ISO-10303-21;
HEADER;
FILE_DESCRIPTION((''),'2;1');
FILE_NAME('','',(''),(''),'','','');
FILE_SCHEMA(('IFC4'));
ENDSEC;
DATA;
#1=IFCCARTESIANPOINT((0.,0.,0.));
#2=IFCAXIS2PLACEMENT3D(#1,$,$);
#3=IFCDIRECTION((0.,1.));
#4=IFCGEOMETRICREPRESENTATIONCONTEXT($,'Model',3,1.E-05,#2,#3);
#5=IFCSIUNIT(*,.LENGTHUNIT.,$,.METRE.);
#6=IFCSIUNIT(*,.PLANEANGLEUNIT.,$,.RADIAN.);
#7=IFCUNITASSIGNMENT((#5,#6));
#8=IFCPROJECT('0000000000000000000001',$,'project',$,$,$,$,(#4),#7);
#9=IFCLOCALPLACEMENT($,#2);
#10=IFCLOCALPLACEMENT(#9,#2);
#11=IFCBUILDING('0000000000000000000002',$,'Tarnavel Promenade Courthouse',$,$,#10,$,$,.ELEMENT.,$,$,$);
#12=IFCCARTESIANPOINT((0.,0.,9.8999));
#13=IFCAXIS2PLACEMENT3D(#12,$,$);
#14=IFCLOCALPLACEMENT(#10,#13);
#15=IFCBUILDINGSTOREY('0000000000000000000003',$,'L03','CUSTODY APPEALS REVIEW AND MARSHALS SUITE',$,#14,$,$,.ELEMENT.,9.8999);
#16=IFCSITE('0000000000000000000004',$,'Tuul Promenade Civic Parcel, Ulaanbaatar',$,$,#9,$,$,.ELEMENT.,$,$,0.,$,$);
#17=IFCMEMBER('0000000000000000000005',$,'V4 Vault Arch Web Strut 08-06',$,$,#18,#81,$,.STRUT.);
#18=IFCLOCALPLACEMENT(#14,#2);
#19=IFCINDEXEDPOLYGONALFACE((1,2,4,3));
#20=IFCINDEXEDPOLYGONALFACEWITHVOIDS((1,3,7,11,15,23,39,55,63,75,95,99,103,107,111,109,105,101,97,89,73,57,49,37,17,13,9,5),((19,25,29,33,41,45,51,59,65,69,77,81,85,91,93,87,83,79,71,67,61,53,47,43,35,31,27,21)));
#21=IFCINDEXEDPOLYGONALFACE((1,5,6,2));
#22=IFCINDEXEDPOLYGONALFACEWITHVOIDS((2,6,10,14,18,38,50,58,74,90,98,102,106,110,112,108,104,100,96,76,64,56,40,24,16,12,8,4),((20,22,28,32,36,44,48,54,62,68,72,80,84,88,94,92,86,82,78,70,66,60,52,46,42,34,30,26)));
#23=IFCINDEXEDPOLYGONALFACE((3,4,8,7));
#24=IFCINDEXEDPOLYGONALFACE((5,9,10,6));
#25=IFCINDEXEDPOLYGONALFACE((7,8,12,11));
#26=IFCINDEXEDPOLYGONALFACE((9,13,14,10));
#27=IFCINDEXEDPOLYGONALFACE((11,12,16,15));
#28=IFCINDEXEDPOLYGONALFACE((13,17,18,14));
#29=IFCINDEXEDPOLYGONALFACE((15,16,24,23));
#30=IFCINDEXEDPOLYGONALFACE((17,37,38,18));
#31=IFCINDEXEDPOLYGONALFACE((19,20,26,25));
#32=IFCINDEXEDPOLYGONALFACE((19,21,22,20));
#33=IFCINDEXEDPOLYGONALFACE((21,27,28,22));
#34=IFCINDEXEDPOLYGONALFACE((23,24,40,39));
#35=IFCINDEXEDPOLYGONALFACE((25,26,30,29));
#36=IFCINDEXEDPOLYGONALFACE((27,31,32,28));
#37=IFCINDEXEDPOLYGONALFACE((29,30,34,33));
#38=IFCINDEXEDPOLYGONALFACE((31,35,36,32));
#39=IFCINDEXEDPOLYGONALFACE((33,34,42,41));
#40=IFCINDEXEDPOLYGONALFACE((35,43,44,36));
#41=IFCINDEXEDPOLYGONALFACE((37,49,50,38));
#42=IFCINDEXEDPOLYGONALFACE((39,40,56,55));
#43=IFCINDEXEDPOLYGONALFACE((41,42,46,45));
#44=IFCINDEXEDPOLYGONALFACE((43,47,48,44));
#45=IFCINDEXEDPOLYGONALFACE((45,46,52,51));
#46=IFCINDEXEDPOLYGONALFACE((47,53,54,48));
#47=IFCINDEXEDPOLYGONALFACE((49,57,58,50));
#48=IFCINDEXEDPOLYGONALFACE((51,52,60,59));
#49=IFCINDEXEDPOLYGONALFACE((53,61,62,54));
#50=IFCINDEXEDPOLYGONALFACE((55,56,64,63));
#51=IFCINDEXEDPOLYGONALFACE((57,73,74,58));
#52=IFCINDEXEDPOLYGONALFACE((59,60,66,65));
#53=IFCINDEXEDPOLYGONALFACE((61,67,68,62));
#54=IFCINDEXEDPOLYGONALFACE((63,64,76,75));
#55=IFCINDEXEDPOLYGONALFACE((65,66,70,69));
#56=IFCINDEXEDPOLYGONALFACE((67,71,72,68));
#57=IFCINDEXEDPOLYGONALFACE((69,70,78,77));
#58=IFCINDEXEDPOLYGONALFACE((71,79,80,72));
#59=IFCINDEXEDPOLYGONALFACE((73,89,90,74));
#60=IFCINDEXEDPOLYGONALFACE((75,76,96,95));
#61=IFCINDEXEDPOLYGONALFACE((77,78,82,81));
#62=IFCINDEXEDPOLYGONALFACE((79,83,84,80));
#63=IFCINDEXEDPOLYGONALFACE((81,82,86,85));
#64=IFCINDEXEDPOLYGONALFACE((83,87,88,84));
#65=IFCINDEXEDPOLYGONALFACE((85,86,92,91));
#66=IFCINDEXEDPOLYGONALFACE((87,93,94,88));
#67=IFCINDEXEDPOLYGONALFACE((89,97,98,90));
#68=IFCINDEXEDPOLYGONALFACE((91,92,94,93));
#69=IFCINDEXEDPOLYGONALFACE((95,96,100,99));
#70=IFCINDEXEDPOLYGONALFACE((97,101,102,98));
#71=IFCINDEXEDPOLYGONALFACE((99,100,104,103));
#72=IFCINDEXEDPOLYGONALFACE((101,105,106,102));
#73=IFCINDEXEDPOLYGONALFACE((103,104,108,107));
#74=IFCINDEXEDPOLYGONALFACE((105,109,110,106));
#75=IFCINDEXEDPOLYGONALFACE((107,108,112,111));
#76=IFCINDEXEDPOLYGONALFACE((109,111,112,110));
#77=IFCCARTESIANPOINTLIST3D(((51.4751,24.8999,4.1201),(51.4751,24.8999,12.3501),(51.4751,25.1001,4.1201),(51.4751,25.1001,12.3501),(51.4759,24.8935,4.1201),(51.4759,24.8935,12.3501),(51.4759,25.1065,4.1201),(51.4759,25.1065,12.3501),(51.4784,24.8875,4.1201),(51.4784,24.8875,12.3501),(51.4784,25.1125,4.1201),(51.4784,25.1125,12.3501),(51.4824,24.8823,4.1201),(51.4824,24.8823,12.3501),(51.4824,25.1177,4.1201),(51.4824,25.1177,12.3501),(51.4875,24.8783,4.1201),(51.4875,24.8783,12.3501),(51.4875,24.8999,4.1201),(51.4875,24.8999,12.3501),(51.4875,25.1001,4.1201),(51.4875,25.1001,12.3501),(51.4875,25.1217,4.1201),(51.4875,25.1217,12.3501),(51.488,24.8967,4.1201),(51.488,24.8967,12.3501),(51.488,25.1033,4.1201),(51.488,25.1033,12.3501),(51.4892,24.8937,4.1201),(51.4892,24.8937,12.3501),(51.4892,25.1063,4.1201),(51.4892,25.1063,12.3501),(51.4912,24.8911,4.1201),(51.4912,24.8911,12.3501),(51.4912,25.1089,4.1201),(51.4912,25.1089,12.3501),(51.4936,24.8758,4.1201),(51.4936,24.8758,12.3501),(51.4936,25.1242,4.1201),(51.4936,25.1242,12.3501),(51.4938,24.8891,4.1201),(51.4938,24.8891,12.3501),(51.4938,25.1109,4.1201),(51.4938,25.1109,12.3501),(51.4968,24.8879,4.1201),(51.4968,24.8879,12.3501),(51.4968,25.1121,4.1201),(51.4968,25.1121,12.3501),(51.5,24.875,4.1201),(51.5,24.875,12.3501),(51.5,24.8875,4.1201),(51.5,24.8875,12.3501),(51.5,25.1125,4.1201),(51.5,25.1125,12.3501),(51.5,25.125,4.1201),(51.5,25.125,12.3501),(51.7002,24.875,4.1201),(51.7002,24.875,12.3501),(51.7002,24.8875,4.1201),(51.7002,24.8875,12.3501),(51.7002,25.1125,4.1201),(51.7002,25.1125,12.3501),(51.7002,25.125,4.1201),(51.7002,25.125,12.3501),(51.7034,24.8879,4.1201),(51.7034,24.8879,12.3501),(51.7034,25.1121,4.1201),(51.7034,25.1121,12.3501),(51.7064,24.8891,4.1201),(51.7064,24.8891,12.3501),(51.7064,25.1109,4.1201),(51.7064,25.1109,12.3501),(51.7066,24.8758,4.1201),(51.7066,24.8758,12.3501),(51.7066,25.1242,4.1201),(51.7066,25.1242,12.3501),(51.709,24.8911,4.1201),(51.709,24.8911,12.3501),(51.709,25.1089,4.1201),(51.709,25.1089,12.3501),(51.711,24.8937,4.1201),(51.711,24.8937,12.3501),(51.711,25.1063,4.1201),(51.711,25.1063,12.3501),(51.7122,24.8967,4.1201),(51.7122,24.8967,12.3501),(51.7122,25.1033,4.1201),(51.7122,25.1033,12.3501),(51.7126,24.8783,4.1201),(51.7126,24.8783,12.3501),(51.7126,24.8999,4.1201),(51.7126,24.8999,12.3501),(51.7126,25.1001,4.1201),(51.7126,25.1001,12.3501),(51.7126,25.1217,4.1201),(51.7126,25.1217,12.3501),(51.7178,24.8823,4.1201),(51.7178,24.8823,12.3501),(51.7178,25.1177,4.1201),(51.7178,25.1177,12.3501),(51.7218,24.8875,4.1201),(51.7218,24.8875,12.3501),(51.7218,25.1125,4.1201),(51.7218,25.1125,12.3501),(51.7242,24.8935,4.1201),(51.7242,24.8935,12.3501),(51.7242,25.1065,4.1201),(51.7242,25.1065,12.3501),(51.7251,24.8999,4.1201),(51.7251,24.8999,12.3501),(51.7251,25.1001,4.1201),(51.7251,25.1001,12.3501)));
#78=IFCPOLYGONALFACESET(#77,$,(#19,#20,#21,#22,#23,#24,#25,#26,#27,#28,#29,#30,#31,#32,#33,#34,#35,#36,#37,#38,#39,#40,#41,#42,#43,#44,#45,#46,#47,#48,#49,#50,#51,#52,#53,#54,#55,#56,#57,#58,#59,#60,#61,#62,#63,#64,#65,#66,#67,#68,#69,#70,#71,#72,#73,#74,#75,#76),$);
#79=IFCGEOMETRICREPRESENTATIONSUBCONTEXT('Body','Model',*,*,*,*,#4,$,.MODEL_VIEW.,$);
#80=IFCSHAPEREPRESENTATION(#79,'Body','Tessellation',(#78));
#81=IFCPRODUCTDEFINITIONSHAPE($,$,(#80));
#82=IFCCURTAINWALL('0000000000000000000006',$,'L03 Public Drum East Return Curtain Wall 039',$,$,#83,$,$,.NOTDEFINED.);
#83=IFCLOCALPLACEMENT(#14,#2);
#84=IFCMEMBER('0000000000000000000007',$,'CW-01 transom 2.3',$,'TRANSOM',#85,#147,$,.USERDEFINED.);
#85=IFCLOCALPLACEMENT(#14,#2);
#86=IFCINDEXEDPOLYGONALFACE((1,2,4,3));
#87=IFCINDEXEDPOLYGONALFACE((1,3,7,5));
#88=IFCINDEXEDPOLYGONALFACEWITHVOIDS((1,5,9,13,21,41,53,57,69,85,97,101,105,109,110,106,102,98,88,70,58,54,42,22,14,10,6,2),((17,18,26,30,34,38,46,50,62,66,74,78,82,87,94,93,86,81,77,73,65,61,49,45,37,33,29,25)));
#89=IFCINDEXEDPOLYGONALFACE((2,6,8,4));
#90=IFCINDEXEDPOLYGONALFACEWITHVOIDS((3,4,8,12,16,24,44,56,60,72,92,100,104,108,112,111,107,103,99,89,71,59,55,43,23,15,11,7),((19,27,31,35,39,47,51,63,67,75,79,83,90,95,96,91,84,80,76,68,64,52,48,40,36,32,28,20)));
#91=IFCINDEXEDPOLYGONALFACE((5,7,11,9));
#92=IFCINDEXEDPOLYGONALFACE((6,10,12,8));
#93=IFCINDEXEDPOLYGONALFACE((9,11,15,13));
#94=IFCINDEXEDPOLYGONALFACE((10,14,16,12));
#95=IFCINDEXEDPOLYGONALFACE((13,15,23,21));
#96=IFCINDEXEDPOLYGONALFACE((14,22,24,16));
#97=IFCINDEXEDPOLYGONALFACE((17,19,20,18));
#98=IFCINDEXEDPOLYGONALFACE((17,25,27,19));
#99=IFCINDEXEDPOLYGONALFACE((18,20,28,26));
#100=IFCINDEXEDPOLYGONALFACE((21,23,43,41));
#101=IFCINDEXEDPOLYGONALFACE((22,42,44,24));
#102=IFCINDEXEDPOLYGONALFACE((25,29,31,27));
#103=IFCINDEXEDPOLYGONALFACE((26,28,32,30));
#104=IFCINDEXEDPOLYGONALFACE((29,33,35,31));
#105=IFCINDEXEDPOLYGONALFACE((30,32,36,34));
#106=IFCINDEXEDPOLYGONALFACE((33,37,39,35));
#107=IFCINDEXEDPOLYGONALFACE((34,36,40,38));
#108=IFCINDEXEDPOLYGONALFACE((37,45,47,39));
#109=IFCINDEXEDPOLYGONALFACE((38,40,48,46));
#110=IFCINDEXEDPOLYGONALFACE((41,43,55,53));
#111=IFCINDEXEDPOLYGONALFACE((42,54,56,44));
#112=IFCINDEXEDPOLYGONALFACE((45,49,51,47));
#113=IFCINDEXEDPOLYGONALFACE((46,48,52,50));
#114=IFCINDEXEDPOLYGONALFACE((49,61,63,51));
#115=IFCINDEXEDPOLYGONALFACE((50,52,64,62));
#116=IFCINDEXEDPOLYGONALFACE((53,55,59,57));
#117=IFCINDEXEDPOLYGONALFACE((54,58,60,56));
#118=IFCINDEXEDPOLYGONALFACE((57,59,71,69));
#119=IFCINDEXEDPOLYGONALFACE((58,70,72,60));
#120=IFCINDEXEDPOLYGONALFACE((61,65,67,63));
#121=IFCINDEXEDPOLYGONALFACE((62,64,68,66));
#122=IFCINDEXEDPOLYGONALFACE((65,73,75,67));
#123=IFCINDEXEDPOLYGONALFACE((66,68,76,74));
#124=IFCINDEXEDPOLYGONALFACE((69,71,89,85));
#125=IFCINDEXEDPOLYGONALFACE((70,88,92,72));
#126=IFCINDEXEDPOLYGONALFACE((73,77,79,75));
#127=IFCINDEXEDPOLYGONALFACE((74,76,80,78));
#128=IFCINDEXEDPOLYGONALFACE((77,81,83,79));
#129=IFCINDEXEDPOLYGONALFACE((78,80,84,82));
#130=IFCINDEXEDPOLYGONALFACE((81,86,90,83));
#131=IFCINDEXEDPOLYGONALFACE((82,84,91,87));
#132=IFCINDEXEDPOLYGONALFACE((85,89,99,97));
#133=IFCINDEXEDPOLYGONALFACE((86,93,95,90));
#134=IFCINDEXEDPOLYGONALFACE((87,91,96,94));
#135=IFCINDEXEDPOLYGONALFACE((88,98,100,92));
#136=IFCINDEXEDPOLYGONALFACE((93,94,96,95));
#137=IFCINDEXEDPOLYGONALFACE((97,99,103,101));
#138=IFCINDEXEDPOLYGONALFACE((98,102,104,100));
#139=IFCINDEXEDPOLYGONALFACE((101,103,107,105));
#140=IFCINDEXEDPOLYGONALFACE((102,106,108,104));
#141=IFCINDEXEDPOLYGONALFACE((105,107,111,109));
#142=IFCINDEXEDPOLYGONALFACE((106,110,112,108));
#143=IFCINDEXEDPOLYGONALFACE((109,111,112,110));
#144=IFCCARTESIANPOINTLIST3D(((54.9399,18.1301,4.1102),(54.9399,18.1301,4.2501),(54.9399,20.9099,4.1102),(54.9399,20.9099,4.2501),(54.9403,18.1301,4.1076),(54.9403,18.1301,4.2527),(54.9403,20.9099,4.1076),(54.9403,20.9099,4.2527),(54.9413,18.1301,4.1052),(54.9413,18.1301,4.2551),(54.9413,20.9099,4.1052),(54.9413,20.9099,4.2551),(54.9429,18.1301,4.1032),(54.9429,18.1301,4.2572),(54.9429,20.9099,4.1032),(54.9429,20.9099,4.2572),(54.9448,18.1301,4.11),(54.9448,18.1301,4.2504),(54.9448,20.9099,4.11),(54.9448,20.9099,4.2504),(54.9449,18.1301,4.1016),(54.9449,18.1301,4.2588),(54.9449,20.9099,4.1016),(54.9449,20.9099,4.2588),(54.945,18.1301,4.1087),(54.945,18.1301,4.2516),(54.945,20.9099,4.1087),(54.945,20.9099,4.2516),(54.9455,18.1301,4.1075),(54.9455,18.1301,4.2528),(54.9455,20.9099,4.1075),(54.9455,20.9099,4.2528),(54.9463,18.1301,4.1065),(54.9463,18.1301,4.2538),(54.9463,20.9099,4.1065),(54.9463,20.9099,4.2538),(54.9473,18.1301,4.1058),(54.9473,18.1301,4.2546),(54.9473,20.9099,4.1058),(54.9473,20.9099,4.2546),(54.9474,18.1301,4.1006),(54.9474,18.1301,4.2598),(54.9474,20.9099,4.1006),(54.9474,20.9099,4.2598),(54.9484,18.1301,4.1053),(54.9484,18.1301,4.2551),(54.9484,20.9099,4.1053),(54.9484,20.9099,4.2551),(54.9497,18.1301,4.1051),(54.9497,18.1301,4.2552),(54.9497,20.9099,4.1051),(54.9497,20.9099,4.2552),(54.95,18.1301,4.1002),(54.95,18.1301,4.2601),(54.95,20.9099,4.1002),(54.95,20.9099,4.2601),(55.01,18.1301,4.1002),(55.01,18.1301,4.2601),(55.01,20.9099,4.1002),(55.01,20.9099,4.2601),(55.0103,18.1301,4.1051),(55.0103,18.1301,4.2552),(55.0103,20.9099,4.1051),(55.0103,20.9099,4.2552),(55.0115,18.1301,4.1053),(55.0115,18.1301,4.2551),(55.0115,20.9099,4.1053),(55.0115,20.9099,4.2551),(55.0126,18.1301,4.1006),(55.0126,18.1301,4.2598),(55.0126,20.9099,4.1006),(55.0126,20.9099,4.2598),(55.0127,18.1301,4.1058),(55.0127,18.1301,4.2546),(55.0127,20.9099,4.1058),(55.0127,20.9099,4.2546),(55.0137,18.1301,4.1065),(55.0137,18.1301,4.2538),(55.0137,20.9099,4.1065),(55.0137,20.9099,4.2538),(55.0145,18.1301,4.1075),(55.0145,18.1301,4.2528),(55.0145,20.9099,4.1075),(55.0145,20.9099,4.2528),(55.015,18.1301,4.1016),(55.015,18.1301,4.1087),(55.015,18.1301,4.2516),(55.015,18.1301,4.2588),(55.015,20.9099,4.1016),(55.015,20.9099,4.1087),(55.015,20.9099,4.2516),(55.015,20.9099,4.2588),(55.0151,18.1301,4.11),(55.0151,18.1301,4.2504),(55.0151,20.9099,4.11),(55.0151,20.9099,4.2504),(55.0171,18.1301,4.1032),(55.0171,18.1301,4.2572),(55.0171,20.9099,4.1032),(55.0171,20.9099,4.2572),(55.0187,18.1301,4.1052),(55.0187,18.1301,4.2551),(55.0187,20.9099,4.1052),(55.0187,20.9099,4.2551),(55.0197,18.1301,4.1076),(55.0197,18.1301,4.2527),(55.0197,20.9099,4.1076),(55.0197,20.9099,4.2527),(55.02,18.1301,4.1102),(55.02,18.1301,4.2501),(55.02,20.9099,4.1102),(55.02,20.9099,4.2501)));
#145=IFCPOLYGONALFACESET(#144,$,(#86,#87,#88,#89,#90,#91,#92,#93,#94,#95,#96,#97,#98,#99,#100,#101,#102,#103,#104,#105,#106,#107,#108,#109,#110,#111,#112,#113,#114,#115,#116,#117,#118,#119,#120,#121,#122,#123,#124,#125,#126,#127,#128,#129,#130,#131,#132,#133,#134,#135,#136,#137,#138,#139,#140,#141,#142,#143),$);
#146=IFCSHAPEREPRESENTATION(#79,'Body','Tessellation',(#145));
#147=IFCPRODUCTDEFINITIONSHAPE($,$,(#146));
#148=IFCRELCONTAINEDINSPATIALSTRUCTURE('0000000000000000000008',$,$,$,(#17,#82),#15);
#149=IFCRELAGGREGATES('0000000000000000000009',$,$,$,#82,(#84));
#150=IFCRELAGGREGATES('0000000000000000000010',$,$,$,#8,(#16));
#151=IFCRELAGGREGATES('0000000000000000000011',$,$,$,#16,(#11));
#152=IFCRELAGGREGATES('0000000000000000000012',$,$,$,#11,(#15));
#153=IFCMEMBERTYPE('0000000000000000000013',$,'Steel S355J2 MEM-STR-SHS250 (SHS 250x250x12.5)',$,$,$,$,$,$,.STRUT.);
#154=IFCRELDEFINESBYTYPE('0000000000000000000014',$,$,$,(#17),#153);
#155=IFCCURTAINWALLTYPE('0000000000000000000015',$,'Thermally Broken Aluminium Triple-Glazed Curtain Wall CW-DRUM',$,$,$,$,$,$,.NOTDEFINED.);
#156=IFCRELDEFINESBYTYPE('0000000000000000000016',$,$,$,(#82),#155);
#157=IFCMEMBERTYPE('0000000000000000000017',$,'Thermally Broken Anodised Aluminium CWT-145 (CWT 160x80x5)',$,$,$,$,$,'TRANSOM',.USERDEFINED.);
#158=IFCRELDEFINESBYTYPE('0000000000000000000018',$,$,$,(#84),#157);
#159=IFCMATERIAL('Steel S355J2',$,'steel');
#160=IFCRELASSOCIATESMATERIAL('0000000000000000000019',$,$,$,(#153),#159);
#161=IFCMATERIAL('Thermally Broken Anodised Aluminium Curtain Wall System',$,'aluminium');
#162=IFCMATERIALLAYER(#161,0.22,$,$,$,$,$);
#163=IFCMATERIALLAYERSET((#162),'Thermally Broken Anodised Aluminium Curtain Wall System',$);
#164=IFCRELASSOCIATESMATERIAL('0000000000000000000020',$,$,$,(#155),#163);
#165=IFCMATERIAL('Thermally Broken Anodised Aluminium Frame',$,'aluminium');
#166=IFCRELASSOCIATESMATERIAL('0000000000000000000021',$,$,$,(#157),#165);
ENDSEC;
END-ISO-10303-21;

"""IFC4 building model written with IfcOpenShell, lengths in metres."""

from ifc_helpers import new_model, si_unit, direction, frame, origin, origin_2d, place, context, subcontext, project, spatial, hollow_rectangle, extrude, material, layer, layer_set, material_profile, profile_set, type_object, element, aggregate, save


model = new_model("IFC4")

# Units and contexts
model_context = context("Model", 3, precision=1e-05, world=origin(), true_north=direction((0.0, 1.0)))
body_context = subcontext(model_context, "Body", "Model", "MODEL_VIEW")
ifc_project = project(units=[si_unit("LENGTHUNIT", "METRE"), si_unit("PLANEANGLEUNIT", "RADIAN")], contexts=[model_context])

# Site, building, storey
site_placement = place(None, origin())
site = spatial("IfcSite", under=ifc_project, at=site_placement, Name="Tuul Promenade Civic Parcel, Ulaanbaatar", CompositionType="ELEMENT", RefElevation=0.0)
building_placement = place(site_placement, origin())
building = spatial("IfcBuilding", under=site, at=building_placement, Name="Tarnavel Promenade Courthouse", CompositionType="ELEMENT")
storey_placement = place(building_placement, frame((0.0, 0.0, 9.8999)))
storey = spatial("IfcBuildingStorey", under=building, at=storey_placement, Name="L03", Description="CUSTODY APPEALS REVIEW AND MARSHALS SUITE", CompositionType="ELEMENT", Elevation=9.8999)

# Shared definitions
ifc_material_1 = material(Name="Steel S355J2", Category="steel")

# Member
ifc_material_profile_1 = material_profile(ifc_material_1, hollow_rectangle(XDim=0.25, YDim=0.25, WallThickness=0.0125, InnerFilletRadius=0.0125, OuterFilletRadius=0.0249, at=origin_2d()), Name="SHS 250x250x12.5")
ifc_profile_set_1 = profile_set([ifc_material_profile_1], Name="Steel S355J2")
member_type_1 = type_object("IfcMemberType", Name="Steel S355J2 MEM-STR-SHS250 (SHS 250x250x12.5)", PredefinedType="STRUT", material=ifc_profile_set_1)
member_1_placement = place(storey_placement, frame((51.6001, 25.0, 4.1201), z_axis=(0.0, 0.0, 1.0), x_axis=(1.0, 0.0, 0.0)))
element("IfcMember", 1, at=member_1_placement, inside=storey, type_object=member_type_1, Name="V4 Vault Arch Web Strut 08-06", PredefinedType="STRUT", context=body_context, shape_type="SweptSolid", body=[
    extrude(hollow_rectangle(XDim=0.25, YDim=0.25, WallThickness=0.0125, InnerFilletRadius=0.0125, OuterFilletRadius=0.0249, at=origin_2d()), origin(), (0.0, 0.0, 1.0), 8.23),
])

# Curtain wall, member
ifc_material_2 = material(Name="Thermally Broken Anodised Aluminium Curtain Wall System", Category="aluminium")
ifc_layer = layer(ifc_material_2, 0.22)
ifc_layer_set = layer_set([ifc_layer], Name="Thermally Broken Anodised Aluminium Curtain Wall System")
curtain_wall_type = type_object("IfcCurtainWallType", Name="Thermally Broken Aluminium Triple-Glazed Curtain Wall CW-DRUM", PredefinedType="NOTDEFINED", material=ifc_layer_set)
curtain_wall_1_placement = place(storey_placement, origin())
curtain_wall_1 = element("IfcCurtainWall", 2, at=curtain_wall_1_placement, inside=storey, type_object=curtain_wall_type, Name="L03 Public Drum East Return Curtain Wall 039", PredefinedType="NOTDEFINED")
ifc_material_3 = material(Name="Thermally Broken Anodised Aluminium Frame", Category="aluminium")
ifc_material_profile_2 = material_profile(ifc_material_3, hollow_rectangle(XDim=0.0801, YDim=0.1599, WallThickness=0.0049, InnerFilletRadius=0.0049, OuterFilletRadius=0.01, at=origin_2d()), Name="CWT 160x80x5")
ifc_profile_set_2 = profile_set([ifc_material_profile_2], Name="Thermally Broken Anodised Aluminium Frame")
member_type_2 = type_object("IfcMemberType", Name="Thermally Broken Anodised Aluminium CWT-145 (CWT 160x80x5)", ElementType="TRANSOM", PredefinedType="USERDEFINED", material=ifc_profile_set_2)
member_2_placement = place(storey_placement, frame((54.98, 18.1301, 4.1802), z_axis=(0.0, 1.0, 0.0), x_axis=(-1.0, 0.0, 0.0)))
member_2 = element("IfcMember", 3, at=member_2_placement, type_object=member_type_2, Name="CW-01 transom 2.3", ObjectType="TRANSOM", PredefinedType="USERDEFINED", context=body_context, shape_type="SweptSolid", body=[
    extrude(hollow_rectangle(XDim=0.0801, YDim=0.1599, WallThickness=0.0049, InnerFilletRadius=0.0049, OuterFilletRadius=0.01, at=origin_2d()), origin(), (0.0, 0.0, 1.0), 2.7798),
])
aggregate(curtain_wall_1, [member_2])

save(model, "model.ifc")
